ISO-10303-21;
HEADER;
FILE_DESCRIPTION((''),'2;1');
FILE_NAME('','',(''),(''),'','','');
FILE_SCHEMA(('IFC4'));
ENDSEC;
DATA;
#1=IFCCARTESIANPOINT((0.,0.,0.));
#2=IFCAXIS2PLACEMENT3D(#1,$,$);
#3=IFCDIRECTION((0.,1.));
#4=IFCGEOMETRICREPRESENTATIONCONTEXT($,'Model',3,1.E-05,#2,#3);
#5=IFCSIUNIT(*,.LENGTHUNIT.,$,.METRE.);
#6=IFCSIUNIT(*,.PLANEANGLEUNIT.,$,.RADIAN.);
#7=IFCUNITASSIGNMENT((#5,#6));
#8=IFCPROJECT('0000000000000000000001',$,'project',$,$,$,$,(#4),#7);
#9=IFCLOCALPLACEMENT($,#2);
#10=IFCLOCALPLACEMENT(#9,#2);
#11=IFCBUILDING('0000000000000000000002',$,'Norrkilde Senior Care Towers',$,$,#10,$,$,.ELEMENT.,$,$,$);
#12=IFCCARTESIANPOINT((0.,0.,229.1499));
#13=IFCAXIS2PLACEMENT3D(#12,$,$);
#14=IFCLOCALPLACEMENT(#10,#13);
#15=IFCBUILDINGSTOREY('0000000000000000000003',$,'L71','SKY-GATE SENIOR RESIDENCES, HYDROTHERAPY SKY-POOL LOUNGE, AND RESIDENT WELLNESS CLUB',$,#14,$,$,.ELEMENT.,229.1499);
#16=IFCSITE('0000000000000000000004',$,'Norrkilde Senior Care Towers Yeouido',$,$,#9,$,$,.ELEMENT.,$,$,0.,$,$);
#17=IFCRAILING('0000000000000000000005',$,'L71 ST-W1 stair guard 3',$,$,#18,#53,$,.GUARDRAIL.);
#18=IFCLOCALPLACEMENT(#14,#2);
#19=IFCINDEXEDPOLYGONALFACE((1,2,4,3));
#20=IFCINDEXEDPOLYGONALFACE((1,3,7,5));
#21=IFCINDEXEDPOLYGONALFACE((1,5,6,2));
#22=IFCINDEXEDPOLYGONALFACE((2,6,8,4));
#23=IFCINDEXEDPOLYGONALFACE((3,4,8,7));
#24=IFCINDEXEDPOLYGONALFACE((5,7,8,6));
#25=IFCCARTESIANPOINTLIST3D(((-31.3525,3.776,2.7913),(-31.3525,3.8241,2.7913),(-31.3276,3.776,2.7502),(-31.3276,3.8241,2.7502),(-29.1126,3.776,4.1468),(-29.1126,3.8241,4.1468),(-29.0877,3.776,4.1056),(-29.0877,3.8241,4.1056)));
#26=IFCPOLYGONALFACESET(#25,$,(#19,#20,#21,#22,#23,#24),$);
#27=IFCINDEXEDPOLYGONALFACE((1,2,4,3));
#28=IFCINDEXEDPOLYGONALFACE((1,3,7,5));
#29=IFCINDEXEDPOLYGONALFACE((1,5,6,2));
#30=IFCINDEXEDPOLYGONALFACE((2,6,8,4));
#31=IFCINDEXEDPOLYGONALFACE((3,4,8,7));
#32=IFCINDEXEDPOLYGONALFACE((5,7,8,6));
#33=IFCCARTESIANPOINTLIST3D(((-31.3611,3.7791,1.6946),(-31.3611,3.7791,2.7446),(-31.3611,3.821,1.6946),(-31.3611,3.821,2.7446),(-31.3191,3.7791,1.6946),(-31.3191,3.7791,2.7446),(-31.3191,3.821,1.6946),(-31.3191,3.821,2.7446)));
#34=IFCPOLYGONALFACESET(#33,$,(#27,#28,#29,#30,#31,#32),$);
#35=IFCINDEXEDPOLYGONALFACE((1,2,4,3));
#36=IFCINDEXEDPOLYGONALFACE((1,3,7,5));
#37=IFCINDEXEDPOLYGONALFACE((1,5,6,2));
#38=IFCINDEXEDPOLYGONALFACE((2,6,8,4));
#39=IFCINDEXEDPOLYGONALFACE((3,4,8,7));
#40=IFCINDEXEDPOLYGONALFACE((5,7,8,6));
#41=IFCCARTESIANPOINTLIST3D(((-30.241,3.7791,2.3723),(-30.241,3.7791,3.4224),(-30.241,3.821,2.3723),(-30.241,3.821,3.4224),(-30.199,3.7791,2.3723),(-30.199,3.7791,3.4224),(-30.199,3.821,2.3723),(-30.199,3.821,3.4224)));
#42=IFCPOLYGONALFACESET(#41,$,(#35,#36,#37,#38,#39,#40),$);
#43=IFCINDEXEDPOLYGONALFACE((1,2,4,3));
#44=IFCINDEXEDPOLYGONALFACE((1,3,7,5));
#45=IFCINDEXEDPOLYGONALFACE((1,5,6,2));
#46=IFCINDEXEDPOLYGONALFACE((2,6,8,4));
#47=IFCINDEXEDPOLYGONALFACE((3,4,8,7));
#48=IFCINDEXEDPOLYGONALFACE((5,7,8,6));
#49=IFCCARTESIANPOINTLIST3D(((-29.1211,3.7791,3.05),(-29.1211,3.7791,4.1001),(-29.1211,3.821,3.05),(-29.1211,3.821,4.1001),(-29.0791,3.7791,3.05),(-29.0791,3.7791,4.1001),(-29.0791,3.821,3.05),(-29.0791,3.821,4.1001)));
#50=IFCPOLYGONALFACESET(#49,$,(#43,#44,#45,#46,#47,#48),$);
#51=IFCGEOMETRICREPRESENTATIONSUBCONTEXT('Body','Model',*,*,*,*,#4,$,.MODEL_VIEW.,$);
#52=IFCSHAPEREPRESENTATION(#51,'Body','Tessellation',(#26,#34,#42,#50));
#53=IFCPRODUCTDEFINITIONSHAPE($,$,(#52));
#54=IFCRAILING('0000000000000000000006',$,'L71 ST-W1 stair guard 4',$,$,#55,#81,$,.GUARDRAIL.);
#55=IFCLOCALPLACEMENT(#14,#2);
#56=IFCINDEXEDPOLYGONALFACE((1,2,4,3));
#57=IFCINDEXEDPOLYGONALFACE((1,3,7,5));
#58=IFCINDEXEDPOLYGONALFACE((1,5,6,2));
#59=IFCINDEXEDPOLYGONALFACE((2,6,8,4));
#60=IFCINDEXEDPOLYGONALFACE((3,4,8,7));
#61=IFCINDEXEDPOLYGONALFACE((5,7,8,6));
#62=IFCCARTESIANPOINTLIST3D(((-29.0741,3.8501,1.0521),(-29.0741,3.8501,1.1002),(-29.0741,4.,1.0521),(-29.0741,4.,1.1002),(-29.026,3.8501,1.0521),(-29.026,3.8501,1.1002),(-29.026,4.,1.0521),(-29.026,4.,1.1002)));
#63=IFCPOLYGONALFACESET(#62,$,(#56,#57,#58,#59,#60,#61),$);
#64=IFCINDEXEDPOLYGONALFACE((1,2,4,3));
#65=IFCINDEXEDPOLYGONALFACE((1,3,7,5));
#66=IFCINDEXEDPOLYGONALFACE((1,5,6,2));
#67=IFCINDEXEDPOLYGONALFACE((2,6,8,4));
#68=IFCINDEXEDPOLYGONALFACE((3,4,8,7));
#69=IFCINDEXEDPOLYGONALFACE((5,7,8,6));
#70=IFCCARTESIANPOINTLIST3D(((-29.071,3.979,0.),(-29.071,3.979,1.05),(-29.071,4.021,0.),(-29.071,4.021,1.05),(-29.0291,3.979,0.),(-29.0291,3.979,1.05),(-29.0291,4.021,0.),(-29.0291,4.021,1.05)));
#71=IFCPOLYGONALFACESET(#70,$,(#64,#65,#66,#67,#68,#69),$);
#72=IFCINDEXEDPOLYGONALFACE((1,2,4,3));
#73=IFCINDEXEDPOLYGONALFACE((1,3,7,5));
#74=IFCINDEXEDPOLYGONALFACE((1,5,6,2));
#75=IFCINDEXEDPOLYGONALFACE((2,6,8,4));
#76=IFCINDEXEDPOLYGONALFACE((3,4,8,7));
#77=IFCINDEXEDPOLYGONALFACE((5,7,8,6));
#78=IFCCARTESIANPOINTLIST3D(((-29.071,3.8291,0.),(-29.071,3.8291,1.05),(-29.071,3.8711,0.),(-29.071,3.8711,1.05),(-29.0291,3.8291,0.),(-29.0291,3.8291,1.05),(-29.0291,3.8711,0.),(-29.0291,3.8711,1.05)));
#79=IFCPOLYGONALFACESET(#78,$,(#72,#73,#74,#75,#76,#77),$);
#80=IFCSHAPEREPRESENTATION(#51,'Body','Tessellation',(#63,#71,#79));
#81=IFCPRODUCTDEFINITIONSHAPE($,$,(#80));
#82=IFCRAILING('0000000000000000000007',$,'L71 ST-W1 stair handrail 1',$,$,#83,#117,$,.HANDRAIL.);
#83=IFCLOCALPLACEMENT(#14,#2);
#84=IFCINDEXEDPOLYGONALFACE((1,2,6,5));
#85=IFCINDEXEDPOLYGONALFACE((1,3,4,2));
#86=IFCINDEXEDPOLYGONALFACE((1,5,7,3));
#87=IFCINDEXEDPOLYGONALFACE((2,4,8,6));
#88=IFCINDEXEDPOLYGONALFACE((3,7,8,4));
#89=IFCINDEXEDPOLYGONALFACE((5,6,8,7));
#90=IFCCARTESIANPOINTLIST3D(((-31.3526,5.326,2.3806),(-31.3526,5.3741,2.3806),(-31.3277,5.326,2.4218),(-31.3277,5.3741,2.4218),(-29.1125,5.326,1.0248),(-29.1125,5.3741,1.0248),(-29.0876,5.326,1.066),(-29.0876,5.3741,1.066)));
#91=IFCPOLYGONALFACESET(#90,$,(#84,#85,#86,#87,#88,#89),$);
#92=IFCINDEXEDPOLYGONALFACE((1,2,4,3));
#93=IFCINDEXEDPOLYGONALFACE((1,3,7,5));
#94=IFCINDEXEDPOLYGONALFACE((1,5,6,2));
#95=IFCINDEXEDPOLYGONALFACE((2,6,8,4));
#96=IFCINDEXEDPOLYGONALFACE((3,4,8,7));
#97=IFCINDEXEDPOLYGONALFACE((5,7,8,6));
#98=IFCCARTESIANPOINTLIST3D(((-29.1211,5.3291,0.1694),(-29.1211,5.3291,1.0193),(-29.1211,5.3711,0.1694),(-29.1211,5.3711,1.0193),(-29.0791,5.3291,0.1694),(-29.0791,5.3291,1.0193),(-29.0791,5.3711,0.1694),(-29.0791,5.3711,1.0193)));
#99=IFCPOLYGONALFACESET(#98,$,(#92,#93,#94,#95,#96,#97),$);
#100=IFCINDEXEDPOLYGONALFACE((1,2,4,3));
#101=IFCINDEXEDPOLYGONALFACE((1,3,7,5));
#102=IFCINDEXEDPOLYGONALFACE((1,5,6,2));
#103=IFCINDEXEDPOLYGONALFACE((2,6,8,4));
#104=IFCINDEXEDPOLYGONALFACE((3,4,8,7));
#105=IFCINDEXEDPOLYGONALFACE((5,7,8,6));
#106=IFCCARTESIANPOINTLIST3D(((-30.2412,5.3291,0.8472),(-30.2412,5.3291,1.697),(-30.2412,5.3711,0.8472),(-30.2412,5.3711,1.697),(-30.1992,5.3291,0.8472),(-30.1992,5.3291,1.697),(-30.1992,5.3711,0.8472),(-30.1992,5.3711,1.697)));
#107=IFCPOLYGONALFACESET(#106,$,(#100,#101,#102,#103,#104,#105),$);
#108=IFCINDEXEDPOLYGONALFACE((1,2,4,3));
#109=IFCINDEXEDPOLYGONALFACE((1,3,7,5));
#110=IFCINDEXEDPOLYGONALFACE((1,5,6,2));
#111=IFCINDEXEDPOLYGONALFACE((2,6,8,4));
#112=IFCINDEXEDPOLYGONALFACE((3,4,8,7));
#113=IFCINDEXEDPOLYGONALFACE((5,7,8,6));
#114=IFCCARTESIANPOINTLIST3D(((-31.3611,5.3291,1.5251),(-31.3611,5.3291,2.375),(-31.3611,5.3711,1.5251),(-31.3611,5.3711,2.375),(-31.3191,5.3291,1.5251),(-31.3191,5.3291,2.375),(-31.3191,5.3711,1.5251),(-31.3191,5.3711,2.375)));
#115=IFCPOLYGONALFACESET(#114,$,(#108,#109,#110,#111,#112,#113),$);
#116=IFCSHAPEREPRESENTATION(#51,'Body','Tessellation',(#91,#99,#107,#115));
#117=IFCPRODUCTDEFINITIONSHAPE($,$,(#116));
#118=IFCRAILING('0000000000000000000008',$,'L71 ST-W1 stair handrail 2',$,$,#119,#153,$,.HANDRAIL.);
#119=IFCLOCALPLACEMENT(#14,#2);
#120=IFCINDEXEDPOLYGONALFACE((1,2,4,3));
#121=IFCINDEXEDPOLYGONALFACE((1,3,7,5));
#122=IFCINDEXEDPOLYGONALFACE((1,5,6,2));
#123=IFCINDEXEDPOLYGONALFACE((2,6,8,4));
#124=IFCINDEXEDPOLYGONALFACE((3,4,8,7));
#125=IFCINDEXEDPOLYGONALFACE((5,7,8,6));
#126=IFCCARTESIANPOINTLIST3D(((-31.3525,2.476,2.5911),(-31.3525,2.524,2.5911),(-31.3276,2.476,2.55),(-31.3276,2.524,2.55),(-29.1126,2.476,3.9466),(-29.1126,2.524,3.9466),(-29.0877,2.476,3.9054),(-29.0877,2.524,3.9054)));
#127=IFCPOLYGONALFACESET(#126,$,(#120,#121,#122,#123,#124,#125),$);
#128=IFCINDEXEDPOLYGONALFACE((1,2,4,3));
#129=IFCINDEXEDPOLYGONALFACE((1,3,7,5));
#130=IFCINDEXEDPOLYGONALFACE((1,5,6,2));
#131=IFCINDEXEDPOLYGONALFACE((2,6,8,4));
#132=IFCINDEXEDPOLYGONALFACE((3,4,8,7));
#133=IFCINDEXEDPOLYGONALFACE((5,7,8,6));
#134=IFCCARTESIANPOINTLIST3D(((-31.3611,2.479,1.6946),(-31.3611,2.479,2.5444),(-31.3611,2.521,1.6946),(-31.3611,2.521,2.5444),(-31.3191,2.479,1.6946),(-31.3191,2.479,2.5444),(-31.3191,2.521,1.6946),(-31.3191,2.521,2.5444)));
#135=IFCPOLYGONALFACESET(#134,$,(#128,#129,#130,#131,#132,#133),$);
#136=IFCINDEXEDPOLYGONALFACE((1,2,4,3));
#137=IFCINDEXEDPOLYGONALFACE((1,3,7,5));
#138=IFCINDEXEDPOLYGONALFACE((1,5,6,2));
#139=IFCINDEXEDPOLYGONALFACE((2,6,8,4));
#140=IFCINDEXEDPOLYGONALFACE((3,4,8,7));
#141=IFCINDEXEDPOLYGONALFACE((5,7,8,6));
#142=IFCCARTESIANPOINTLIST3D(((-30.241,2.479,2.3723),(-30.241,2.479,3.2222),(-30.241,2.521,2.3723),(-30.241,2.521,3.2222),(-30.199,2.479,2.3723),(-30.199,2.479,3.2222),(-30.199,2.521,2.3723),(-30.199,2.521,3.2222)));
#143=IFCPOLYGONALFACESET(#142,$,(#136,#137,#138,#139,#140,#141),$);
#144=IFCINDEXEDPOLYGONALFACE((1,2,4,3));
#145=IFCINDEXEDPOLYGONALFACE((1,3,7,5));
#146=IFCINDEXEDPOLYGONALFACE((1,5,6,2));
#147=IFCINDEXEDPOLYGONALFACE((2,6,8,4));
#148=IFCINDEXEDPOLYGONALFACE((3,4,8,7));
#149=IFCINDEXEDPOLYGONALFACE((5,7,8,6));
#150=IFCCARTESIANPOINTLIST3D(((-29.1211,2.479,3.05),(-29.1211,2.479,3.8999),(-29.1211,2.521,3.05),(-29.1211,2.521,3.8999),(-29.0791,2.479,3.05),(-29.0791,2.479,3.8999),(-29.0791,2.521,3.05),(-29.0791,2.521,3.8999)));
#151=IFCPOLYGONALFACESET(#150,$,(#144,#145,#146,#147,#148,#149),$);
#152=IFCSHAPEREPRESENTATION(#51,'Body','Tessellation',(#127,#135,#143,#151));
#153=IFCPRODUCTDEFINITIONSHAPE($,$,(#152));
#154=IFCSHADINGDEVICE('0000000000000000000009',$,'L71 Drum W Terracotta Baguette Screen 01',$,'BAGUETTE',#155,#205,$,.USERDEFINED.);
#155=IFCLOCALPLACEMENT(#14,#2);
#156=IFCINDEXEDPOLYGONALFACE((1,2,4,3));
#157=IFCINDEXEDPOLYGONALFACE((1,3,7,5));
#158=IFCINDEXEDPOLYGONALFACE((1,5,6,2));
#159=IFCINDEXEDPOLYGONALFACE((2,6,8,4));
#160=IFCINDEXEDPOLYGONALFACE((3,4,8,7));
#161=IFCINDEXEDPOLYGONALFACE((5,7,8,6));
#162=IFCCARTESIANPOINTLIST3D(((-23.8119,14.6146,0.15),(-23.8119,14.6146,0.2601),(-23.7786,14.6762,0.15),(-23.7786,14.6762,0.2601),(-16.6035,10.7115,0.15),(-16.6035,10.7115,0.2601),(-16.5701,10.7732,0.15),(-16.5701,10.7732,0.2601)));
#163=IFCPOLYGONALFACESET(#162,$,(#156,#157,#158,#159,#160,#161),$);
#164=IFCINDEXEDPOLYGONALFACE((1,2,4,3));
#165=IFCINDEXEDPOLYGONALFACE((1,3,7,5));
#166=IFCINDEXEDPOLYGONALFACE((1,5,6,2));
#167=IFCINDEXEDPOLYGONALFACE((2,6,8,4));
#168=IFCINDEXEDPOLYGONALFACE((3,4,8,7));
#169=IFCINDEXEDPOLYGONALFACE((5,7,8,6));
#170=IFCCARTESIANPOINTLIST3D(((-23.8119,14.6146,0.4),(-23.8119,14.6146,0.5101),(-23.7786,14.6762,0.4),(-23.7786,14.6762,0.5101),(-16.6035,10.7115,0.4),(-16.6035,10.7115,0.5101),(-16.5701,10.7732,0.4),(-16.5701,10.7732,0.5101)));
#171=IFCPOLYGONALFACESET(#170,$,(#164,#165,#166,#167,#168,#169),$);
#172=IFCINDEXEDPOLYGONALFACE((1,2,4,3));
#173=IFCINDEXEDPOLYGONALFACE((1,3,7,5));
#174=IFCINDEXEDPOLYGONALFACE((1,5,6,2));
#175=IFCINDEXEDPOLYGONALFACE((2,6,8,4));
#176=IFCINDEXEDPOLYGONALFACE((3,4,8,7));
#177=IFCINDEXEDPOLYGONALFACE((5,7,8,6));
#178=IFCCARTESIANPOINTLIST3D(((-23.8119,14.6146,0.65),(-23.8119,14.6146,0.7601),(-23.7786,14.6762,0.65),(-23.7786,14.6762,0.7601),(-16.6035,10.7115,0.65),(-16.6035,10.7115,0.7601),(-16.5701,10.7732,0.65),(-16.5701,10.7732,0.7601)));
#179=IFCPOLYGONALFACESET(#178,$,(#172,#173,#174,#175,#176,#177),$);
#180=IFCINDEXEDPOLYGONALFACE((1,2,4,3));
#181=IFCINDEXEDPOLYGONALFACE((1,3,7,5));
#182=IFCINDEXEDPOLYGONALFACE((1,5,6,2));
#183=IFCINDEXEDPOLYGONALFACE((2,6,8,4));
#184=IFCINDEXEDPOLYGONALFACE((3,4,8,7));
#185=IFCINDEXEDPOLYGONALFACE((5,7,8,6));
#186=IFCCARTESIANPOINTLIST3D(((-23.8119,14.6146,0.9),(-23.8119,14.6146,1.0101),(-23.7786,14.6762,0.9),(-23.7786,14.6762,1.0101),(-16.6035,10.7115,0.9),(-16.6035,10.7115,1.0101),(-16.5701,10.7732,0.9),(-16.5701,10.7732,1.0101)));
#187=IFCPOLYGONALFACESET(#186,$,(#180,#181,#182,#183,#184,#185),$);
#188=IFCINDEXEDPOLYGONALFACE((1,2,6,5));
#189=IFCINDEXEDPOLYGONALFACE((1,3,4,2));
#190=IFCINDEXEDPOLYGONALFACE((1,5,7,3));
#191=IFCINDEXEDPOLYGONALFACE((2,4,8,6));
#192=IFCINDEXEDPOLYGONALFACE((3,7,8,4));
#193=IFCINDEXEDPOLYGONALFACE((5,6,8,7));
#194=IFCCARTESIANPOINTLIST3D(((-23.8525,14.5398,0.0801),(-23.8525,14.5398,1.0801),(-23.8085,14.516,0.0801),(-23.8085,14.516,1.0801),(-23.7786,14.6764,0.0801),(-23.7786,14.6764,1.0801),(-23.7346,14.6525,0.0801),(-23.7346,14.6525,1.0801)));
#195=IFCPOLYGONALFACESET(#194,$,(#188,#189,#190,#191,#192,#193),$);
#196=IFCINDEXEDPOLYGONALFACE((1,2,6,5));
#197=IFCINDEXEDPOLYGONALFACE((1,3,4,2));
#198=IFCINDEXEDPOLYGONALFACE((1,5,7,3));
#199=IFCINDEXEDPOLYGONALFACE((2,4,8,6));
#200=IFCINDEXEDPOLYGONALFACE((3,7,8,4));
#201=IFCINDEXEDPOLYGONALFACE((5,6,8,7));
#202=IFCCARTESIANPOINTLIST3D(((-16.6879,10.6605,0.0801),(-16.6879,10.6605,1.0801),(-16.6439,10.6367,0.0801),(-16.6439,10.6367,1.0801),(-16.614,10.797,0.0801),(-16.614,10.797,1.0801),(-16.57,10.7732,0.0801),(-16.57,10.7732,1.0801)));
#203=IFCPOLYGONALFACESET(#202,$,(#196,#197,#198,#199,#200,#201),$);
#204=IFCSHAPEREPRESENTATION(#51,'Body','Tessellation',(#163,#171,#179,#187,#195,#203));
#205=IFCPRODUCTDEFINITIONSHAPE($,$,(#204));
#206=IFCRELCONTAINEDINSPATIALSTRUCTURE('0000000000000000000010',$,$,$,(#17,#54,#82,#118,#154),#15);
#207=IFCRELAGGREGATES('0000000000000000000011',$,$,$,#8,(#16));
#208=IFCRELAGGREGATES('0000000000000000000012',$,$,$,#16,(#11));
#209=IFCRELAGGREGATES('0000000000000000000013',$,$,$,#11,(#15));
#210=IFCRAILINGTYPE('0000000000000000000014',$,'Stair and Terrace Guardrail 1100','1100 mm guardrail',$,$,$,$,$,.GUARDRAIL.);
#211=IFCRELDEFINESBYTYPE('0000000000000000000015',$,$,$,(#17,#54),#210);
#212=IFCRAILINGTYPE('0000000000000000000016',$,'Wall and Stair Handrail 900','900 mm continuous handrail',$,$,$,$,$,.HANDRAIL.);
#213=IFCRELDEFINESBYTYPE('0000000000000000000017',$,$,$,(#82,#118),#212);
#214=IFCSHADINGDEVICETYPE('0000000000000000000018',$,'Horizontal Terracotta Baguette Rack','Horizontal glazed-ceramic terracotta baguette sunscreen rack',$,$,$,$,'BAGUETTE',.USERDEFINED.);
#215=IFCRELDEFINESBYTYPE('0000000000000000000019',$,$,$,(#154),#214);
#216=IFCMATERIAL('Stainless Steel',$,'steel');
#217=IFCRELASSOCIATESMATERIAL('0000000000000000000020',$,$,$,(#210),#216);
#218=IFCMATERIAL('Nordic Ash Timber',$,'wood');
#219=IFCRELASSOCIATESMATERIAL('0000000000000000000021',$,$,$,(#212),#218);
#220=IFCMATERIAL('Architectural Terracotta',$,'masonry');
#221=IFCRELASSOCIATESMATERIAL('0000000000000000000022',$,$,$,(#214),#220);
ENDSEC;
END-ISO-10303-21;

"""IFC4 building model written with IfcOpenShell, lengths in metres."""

from ifc_helpers import new_model, si_unit, direction, frame, origin, origin_2d, place, context, subcontext, project, spatial, rectangle, extrude, source, transform, mapped, material, type_object, type_shapes, element, save


model = new_model("IFC4")

# Units and contexts
model_context = context("Model", 3, precision=1e-05, world=origin(), true_north=direction((0.0, 1.0)))
body_context = subcontext(model_context, "Body", "Model", "MODEL_VIEW")
ifc_project = project(units=[si_unit("LENGTHUNIT", "METRE"), si_unit("PLANEANGLEUNIT", "RADIAN")], contexts=[model_context])

# Site, building, storey
site_placement = place(None, origin())
site = spatial("IfcSite", under=ifc_project, at=site_placement, Name="Norrkilde Senior Care Towers Yeouido", CompositionType="ELEMENT", RefElevation=0.0)
building_placement = place(site_placement, origin())
building = spatial("IfcBuilding", under=site, at=building_placement, Name="Norrkilde Senior Care Towers", CompositionType="ELEMENT")
storey_placement = place(building_placement, frame((0.0, 0.0, 229.1499)))
storey = spatial("IfcBuildingStorey", under=building, at=storey_placement, Name="L71", Description="SKY-GATE SENIOR RESIDENCES, HYDROTHERAPY SKY-POOL LOUNGE, AND RESIDENT WELLNESS CLUB", CompositionType="ELEMENT", Elevation=229.1499)

# Shared definitions
ifc_material_1 = material(Name="Stainless Steel", Category="steel")

# Shared definitions
ifc_material_2 = material(Name="Nordic Ash Timber", Category="wood")

# Railings
railing_type_1 = type_object("IfcRailingType", Name="Stair and Terrace Guardrail 1100", Description="1100 mm guardrail", PredefinedType="GUARDRAIL", material=ifc_material_1)
railing_1_placement = place(storey_placement, frame((-31.3401, 3.8, 1.6946)))
element("IfcRailing", 1, at=railing_1_placement, inside=storey, type_object=railing_type_1, Name="L71 ST-W1 stair guard 3", PredefinedType="GUARDRAIL", context=body_context, shape_type="SweptSolid", body=[
    extrude(rectangle(XDim=0.0481, YDim=0.0481, at=origin_2d()), frame((0.0, 0.0, 1.0762), z_axis=(0.855553, 0.0, 0.517715), x_axis=(0.0, 1.0, 0.0)), (0.0, 0.0, 1.0), 2.6182),
    extrude(rectangle(XDim=0.042, YDim=0.042, at=origin_2d()), origin(), (0.0, 0.0, 1.0), 1.05),
    extrude(rectangle(XDim=0.042, YDim=0.042, at=origin_2d()), frame((1.1201, 0.0, 0.6777)), (0.0, 0.0, 1.0), 1.05),
    extrude(rectangle(XDim=0.042, YDim=0.042, at=origin_2d()), frame((2.24, 0.0, 1.3555)), (0.0, 0.0, 1.0), 1.05),
])
railing_2_placement = place(storey_placement, frame((-29.05, 4.0, 0.0)))
element("IfcRailing", 2, at=railing_2_placement, inside=storey, type_object=railing_type_1, Name="L71 ST-W1 stair guard 4", PredefinedType="GUARDRAIL", context=body_context, shape_type="SweptSolid", body=[
    extrude(rectangle(XDim=0.0481, YDim=0.0481, at=origin_2d()), frame((0.0, 0.0, 1.0762), z_axis=(0.0, -1.0, 0.0), x_axis=(1.0, 0.0, 0.0)), (0.0, 0.0, 1.0), 0.1499),
    extrude(rectangle(XDim=0.042, YDim=0.042, at=origin_2d()), origin(), (0.0, 0.0, 1.0), 1.05),
    extrude(rectangle(XDim=0.042, YDim=0.042, at=origin_2d()), frame((0.0, -0.1499, 0.0)), (0.0, 0.0, 1.0), 1.05),
])
railing_type_2 = type_object("IfcRailingType", Name="Wall and Stair Handrail 900", Description="900 mm continuous handrail", PredefinedType="HANDRAIL", material=ifc_material_2)
railing_3_placement = place(storey_placement, frame((-29.1001, 5.3501, 0.1694)))
element("IfcRailing", 3, at=railing_3_placement, inside=storey, type_object=railing_type_2, Name="L71 ST-W1 stair handrail 1", PredefinedType="HANDRAIL", context=body_context, shape_type="SweptSolid", body=[
    extrude(rectangle(XDim=0.0481, YDim=0.0481, at=origin_2d()), frame((0.0, 0.0, 0.876), z_axis=(-0.855512, 0.0, 0.517783), x_axis=(0.0, -1.0, 0.0)), (0.0, 0.0, 1.0), 2.6184),
    extrude(rectangle(XDim=0.042, YDim=0.042, at=origin_2d()), origin(), (0.0, 0.0, 1.0), 0.8499),
    extrude(rectangle(XDim=0.042, YDim=0.042, at=origin_2d()), frame((-1.1201, 0.0, 0.6777)), (0.0, 0.0, 1.0), 0.8499),
    extrude(rectangle(XDim=0.042, YDim=0.042, at=origin_2d()), frame((-2.24, 0.0, 1.3557)), (0.0, 0.0, 1.0), 0.8499),
])
railing_4_placement = place(storey_placement, frame((-31.3401, 2.5, 1.6946)))
element("IfcRailing", 4, at=railing_4_placement, inside=storey, type_object=railing_type_2, Name="L71 ST-W1 stair handrail 2", PredefinedType="HANDRAIL", context=body_context, shape_type="SweptSolid", body=[
    extrude(rectangle(XDim=0.0481, YDim=0.0481, at=origin_2d()), frame((0.0, 0.0, 0.876), z_axis=(0.855553, 0.0, 0.517715), x_axis=(0.0, 1.0, 0.0)), (0.0, 0.0, 1.0), 2.6182),
    extrude(rectangle(XDim=0.042, YDim=0.042, at=origin_2d()), origin(), (0.0, 0.0, 1.0), 0.8499),
    extrude(rectangle(XDim=0.042, YDim=0.042, at=origin_2d()), frame((1.1201, 0.0, 0.6777)), (0.0, 0.0, 1.0), 0.8499),
    extrude(rectangle(XDim=0.042, YDim=0.042, at=origin_2d()), frame((2.24, 0.0, 1.3555)), (0.0, 0.0, 1.0), 0.8499),
])

# Shading device
ifc_material_3 = material(Name="Architectural Terracotta", Category="masonry")
shading_device_type = type_object("IfcShadingDeviceType", Name="Horizontal Terracotta Baguette Rack", Description="Horizontal glazed-ceramic terracotta baguette sunscreen rack", ElementType="BAGUETTE", PredefinedType="USERDEFINED", material=ifc_material_3)
shared_shape_1 = source(origin(), body_context, "Body", "SweptSolid", [
    extrude(rectangle(XDim=0.0701, YDim=0.1101, at=origin_2d()), frame((0.0, 0.0901, 0.125), z_axis=(1.0, 0.0, 0.0), x_axis=(0.0, 1.0, 0.0)), (0.0, 0.0, 1.0), 8.1973),
    extrude(rectangle(XDim=0.0701, YDim=0.1101, at=origin_2d()), frame((0.0, 0.0901, 0.375), z_axis=(1.0, 0.0, 0.0), x_axis=(0.0, 1.0, 0.0)), (0.0, 0.0, 1.0), 8.1973),
    extrude(rectangle(XDim=0.0701, YDim=0.1101, at=origin_2d()), frame((0.0, 0.0901, 0.625), z_axis=(1.0, 0.0, 0.0), x_axis=(0.0, 1.0, 0.0)), (0.0, 0.0, 1.0), 8.1973),
    extrude(rectangle(XDim=0.0701, YDim=0.1101, at=origin_2d()), frame((0.0, 0.0901, 0.875), z_axis=(1.0, 0.0, 0.0), x_axis=(0.0, 1.0, 0.0)), (0.0, 0.0, 1.0), 8.1973),
    extrude(rectangle(XDim=0.05, YDim=0.1553, at=origin_2d()), frame((0.0249, 0.0476, 0.0)), (0.0, 0.0, 1.0), 1.0),
    extrude(rectangle(XDim=0.05, YDim=0.1553, at=origin_2d()), frame((8.1724, 0.0476, 0.0)), (0.0, 0.0, 1.0), 1.0),
])
type_shapes(shading_device_type, [shared_shape_1])
shading_device_placement = place(storey_placement, frame((-23.8381, 14.5662, 0.0801), z_axis=(0.0, 0.0, 1.0), x_axis=(0.879378, -0.476144, 0.0)))
element("IfcShadingDevice", 5, at=shading_device_placement, inside=storey, type_object=shading_device_type, Name="L71 Drum W Terracotta Baguette Screen 01", ObjectType="BAGUETTE", PredefinedType="USERDEFINED", context=body_context, shape_type="MappedRepresentation", body=[
    mapped(shared_shape_1, transform((0.0, 0.0, 0.0), x_axis=(1.0, 0.0, 0.0), y_axis=(0.0, 1.0, 0.0), z_axis=(0.0, 0.0, 1.0), scale=1.0)),
])

save(model, "model.ifc")
